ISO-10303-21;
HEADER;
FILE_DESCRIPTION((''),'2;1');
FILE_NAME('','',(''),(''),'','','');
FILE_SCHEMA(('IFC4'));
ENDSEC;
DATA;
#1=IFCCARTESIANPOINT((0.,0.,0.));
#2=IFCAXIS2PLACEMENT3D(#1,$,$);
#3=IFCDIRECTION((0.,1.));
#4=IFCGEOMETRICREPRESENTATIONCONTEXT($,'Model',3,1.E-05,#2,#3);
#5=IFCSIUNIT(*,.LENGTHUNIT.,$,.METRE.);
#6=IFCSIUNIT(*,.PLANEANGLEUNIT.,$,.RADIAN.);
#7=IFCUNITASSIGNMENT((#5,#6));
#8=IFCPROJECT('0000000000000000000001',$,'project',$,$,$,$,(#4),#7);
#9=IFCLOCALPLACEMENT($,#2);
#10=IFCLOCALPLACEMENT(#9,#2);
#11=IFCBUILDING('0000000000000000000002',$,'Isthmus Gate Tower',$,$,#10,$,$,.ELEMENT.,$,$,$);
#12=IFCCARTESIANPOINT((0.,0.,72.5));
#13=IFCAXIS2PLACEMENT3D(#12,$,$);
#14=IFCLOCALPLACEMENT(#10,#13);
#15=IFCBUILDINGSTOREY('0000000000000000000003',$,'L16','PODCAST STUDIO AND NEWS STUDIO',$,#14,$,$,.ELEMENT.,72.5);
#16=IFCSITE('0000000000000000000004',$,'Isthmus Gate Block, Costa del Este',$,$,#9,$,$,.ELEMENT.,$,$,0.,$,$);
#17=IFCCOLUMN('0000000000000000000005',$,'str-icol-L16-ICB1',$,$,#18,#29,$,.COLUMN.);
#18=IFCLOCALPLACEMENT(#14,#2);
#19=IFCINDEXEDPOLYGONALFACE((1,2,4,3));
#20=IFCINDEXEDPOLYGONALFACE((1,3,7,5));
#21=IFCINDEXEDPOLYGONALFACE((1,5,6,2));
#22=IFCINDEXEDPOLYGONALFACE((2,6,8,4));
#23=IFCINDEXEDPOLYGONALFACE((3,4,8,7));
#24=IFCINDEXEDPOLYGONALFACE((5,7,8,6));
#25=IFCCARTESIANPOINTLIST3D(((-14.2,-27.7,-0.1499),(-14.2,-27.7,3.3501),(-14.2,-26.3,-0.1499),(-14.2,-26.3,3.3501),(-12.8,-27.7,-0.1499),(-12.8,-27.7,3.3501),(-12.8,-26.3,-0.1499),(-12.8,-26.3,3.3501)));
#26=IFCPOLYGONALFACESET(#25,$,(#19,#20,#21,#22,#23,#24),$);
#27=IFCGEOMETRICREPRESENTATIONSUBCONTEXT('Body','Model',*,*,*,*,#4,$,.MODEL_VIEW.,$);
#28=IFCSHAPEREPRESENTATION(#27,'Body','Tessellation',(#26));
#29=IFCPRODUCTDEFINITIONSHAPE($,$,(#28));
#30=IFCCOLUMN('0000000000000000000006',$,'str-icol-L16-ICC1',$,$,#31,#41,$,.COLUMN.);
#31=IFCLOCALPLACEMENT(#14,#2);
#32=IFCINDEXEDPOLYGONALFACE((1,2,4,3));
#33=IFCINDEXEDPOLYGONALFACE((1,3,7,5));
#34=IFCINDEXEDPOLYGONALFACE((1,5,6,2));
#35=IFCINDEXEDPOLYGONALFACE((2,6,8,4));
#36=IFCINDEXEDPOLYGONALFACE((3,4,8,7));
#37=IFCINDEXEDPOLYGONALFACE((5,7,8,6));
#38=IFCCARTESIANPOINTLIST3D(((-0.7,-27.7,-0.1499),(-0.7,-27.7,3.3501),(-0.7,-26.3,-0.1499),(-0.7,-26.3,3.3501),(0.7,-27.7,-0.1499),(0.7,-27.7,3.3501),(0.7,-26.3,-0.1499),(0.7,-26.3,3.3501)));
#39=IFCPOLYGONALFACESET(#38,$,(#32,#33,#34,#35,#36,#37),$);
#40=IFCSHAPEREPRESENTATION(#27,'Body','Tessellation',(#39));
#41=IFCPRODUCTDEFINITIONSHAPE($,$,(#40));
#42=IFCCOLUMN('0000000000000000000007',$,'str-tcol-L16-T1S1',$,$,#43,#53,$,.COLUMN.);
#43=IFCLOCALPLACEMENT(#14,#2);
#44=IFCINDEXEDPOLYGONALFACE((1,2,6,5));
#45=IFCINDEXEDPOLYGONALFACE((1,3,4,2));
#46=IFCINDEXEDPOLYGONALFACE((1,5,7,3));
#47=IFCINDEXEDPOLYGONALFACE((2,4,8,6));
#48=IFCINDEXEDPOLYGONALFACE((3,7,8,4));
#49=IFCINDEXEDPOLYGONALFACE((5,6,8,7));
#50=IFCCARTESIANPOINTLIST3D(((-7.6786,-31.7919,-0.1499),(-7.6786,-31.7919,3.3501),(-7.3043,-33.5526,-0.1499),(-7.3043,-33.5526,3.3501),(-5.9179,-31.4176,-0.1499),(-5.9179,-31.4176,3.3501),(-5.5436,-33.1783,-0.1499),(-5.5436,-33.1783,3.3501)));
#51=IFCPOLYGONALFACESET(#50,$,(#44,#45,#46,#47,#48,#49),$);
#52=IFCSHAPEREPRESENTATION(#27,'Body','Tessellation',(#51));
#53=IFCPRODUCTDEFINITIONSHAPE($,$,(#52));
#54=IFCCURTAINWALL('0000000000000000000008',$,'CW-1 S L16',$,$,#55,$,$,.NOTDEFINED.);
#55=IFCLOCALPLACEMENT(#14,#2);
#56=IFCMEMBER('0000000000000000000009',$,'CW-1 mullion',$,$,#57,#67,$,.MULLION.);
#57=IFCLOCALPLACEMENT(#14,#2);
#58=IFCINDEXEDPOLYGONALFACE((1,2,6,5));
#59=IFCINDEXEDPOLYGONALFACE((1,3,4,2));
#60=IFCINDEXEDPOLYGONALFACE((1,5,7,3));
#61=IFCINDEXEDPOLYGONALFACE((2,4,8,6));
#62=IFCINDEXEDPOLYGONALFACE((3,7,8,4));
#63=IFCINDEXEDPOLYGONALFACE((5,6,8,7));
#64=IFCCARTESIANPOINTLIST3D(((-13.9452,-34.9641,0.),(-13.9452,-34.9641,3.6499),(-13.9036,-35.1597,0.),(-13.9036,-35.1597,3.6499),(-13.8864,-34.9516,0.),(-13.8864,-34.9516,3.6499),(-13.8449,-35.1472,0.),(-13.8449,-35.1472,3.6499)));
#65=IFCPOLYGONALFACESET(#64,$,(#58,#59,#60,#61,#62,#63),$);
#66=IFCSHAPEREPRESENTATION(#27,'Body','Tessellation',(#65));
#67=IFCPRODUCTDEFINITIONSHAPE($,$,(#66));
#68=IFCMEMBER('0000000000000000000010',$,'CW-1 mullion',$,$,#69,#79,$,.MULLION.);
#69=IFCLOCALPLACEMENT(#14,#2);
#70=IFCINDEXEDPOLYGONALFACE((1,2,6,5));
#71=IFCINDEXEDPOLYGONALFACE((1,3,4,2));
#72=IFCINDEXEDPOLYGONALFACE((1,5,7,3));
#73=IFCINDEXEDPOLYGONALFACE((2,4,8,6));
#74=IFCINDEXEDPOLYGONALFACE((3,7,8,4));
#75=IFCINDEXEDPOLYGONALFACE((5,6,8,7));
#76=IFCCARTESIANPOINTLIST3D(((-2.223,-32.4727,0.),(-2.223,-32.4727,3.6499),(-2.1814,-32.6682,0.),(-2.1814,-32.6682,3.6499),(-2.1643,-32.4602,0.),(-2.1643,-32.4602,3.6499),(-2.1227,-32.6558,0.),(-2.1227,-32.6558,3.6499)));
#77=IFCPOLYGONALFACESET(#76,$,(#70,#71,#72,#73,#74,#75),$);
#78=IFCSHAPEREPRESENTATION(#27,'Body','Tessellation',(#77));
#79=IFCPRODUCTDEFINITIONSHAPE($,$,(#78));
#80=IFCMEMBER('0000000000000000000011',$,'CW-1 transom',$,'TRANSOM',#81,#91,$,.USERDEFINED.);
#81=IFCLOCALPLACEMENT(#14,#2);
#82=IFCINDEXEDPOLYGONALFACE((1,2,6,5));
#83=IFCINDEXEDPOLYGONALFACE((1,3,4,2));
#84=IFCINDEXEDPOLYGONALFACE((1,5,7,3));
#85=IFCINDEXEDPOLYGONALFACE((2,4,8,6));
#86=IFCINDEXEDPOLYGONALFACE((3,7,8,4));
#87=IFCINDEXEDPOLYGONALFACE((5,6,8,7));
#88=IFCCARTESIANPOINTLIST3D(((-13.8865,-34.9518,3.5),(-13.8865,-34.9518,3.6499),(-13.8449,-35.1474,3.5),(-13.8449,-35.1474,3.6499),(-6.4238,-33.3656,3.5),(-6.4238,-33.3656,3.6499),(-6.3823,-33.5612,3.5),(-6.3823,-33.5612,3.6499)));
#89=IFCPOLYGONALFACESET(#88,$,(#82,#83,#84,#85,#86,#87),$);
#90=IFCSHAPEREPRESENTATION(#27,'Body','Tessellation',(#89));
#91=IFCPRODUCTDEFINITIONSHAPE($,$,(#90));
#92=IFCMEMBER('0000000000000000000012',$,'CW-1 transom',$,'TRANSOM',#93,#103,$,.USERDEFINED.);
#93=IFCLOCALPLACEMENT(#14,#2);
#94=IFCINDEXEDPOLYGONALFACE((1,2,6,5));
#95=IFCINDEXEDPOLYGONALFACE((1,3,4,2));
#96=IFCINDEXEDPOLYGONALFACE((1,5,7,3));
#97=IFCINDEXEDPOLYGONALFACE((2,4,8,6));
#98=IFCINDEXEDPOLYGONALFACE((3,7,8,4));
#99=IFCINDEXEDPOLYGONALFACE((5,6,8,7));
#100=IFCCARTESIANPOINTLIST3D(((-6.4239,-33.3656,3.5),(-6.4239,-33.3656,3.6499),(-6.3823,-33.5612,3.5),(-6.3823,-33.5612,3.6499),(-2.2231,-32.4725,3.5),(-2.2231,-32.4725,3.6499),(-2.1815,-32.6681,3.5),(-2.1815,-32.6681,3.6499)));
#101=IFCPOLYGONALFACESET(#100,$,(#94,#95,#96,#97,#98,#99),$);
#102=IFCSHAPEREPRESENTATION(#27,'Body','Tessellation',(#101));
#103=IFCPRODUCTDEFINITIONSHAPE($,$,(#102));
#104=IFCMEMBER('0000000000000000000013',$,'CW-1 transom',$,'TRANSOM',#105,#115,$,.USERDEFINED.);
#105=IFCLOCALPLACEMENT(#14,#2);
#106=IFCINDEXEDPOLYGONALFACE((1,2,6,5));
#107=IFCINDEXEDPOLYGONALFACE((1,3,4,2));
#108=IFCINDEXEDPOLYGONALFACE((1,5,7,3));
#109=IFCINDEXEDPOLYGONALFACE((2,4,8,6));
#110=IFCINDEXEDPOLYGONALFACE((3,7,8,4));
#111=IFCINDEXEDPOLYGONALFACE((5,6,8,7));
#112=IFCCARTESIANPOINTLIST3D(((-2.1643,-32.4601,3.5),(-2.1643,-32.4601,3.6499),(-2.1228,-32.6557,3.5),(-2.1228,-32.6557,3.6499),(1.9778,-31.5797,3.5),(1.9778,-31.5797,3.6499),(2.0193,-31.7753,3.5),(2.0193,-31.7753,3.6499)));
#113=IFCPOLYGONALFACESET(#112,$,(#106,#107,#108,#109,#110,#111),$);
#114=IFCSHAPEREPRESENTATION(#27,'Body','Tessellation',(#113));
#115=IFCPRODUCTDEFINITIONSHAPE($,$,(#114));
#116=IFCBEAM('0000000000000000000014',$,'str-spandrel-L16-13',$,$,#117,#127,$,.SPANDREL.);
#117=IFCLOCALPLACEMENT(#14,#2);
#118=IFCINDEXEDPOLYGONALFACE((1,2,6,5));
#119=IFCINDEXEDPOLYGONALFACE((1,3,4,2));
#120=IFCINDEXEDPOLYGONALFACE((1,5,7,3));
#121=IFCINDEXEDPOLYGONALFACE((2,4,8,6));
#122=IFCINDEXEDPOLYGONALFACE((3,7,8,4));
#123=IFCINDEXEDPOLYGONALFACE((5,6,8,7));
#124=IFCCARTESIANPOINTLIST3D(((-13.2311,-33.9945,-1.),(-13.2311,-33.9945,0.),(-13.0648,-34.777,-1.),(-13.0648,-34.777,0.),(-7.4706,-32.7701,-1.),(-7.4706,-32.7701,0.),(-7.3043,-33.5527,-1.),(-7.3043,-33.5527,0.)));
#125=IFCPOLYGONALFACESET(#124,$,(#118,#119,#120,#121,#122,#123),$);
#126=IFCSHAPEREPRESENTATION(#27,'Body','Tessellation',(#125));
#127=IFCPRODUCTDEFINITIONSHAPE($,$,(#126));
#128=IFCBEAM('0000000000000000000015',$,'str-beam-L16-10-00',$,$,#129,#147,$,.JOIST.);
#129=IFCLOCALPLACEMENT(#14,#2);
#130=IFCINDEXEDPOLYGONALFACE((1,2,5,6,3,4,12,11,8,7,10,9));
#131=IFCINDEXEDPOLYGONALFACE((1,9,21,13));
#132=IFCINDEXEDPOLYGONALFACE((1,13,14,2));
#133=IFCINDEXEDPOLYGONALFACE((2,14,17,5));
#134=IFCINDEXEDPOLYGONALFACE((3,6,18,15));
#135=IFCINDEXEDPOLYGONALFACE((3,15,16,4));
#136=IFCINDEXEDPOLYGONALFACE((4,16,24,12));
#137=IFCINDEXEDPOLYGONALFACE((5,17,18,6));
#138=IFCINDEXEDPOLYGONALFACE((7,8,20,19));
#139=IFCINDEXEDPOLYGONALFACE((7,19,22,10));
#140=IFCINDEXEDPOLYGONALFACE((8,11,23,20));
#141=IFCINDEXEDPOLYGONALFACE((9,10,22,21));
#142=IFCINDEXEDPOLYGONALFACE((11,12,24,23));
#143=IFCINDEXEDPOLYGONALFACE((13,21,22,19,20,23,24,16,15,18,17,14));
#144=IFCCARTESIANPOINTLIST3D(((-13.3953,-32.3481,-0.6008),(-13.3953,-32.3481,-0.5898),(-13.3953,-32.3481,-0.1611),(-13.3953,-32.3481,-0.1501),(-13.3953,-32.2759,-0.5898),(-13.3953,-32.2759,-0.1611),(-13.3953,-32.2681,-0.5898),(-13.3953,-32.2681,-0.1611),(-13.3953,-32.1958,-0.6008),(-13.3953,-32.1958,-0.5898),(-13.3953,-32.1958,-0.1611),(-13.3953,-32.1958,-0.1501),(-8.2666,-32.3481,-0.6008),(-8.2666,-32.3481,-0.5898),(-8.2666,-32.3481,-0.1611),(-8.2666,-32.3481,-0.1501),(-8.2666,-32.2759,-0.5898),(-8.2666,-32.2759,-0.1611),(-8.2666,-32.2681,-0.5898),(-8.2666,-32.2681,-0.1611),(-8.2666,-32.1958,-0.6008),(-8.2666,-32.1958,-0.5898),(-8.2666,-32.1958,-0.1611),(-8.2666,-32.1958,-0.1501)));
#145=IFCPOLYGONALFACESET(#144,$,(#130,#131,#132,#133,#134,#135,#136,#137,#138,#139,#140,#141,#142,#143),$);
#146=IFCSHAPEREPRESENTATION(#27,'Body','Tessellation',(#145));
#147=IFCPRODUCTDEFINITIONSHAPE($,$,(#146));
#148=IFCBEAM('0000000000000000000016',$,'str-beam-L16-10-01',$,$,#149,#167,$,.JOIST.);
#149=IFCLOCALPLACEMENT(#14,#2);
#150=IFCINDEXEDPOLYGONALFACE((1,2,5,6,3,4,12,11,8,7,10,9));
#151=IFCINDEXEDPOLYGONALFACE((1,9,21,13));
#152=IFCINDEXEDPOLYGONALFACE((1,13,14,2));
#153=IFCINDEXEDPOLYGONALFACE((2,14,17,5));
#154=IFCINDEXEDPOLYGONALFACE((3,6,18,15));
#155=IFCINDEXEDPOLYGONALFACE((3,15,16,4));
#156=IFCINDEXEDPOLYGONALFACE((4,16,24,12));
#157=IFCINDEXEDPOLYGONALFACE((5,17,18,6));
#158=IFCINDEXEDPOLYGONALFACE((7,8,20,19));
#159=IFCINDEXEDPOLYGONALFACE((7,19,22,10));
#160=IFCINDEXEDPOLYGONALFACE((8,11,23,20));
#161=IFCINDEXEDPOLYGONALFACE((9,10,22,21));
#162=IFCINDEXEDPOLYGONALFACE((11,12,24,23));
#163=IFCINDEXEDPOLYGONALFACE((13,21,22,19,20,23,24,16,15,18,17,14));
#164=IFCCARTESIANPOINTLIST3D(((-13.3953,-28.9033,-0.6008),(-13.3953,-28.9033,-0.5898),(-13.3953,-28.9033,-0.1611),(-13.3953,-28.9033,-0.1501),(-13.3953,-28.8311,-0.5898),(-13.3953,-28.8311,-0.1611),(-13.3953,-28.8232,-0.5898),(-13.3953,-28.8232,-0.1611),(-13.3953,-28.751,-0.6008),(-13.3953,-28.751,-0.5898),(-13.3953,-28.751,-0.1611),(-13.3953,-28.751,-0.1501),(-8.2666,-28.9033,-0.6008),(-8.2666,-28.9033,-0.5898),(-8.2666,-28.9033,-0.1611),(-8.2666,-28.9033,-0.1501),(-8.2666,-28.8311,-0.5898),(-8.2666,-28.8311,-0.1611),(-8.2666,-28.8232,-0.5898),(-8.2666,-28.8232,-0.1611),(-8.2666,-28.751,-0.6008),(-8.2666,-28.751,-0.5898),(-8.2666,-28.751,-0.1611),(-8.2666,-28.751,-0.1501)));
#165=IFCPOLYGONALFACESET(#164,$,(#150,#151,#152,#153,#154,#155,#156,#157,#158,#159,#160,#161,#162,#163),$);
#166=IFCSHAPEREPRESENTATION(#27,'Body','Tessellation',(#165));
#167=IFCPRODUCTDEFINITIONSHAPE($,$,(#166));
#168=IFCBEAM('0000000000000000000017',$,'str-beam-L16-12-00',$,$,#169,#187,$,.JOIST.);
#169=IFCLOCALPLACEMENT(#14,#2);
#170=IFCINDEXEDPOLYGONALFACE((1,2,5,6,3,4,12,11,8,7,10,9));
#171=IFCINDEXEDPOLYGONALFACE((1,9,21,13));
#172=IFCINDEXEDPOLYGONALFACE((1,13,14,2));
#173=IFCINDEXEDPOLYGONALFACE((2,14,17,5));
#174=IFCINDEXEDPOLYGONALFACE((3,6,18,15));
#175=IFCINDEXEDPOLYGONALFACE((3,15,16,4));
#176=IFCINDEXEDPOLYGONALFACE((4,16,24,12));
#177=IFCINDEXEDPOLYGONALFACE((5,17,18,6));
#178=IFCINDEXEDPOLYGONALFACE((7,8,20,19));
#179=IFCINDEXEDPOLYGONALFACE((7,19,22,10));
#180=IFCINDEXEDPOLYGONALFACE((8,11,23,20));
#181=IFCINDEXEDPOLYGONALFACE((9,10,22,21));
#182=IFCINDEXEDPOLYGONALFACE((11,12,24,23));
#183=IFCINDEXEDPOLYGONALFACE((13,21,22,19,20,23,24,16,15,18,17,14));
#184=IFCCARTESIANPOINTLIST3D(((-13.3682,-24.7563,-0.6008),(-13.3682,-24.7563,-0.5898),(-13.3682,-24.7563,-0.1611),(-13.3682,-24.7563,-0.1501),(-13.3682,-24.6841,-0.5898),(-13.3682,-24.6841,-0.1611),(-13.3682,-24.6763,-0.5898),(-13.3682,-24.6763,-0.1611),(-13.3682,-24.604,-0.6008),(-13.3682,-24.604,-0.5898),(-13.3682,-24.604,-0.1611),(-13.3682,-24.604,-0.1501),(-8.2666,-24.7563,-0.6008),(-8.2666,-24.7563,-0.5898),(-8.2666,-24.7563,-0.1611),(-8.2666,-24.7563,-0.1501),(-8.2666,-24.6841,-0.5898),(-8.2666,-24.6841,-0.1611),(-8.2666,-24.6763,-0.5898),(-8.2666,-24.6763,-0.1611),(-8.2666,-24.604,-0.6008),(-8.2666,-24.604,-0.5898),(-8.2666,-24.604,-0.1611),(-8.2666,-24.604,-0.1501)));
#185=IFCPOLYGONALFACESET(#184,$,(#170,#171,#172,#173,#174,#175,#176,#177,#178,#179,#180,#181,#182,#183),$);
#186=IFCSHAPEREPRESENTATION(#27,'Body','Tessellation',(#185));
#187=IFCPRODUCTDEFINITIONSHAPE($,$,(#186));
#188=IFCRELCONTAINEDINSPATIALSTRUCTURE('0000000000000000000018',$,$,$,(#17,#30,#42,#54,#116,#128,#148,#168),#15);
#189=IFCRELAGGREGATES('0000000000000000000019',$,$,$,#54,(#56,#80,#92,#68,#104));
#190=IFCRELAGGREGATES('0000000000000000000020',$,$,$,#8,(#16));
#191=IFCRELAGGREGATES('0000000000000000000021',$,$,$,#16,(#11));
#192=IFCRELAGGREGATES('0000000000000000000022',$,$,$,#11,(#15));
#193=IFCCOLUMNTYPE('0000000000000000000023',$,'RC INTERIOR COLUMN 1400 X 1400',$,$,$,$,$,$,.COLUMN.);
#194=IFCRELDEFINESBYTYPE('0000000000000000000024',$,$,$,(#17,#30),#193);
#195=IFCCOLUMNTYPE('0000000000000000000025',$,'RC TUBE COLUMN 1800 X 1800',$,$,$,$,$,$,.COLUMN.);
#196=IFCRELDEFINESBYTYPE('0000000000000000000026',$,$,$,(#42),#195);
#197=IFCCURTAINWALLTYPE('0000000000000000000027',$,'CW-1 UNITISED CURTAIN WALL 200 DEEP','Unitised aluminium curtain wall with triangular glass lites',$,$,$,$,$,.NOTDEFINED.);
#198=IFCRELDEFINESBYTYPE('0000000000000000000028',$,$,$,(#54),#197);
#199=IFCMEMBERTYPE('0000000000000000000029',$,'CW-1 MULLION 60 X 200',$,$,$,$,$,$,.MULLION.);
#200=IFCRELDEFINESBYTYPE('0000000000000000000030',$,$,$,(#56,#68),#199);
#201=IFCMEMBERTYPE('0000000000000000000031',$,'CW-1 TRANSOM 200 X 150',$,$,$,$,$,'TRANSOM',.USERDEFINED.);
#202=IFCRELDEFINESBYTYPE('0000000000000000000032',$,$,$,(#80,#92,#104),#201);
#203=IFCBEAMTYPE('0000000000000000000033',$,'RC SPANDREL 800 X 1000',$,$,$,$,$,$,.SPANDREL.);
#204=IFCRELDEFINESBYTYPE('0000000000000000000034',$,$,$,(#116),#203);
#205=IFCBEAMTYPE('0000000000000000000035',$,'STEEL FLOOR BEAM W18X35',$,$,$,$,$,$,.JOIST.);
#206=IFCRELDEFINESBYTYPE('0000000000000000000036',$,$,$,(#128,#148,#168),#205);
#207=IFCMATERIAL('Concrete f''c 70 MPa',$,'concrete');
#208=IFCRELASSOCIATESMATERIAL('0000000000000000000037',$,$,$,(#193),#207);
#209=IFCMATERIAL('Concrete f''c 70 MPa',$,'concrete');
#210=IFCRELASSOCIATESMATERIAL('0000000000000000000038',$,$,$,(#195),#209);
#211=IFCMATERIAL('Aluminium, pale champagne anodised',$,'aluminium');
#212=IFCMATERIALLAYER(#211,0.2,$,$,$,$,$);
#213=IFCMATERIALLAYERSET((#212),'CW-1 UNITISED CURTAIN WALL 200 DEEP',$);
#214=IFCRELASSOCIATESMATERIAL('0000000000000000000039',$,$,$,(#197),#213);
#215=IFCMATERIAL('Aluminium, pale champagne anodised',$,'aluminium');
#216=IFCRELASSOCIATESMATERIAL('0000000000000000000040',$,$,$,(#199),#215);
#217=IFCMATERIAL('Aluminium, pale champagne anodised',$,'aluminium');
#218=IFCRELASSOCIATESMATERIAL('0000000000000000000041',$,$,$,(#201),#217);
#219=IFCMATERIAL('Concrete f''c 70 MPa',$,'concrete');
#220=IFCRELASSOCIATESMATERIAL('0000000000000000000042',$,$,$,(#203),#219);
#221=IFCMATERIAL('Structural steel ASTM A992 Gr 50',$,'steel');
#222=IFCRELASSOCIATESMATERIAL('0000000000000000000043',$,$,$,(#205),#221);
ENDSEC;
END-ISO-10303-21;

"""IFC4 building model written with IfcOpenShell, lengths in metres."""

from ifc_helpers import new_model, si_unit, direction, frame, origin, origin_2d, place, context, subcontext, project, spatial, rectangle, i_section, extrude, material, layer, layer_set, material_profile, profile_set, type_object, element, aggregate, save


model = new_model("IFC4")

# Units and contexts
model_context = context("Model", 3, precision=1e-05, world=origin(), true_north=direction((0.0, 1.0)))
body_context = subcontext(model_context, "Body", "Model", "MODEL_VIEW")
ifc_project = project(units=[si_unit("LENGTHUNIT", "METRE"), si_unit("PLANEANGLEUNIT", "RADIAN")], contexts=[model_context])

# Site, building, storey
site_placement = place(None, origin())
site = spatial("IfcSite", under=ifc_project, at=site_placement, Name="Isthmus Gate Block, Costa del Este", CompositionType="ELEMENT", RefElevation=0.0)
building_placement = place(site_placement, origin())
building = spatial("IfcBuilding", under=site, at=building_placement, Name="Isthmus Gate Tower", CompositionType="ELEMENT")
storey_placement = place(building_placement, frame((0.0, 0.0, 72.5)))
storey = spatial("IfcBuildingStorey", under=building, at=storey_placement, Name="L16", Description="PODCAST STUDIO AND NEWS STUDIO", CompositionType="ELEMENT", Elevation=72.5)

# Columns
ifc_material_1 = material(Name="Concrete f'c 70 MPa", Category="concrete")
ifc_material_profile_1 = material_profile(ifc_material_1, rectangle(XDim=1.3999, YDim=1.3999, at=origin_2d()), Name="RC 1400X1400")
ifc_profile_set_1 = profile_set([ifc_material_profile_1], Name="Concrete f'c 70 MPa")
column_type_1 = type_object("IfcColumnType", Name="RC INTERIOR COLUMN 1400 X 1400", PredefinedType="COLUMN", material=ifc_profile_set_1)
for number, where, z_axis, x_axis, name in (
    (1, (-13.5, -27.0, -0.1499), (0.0, 0.0, 1.0), (1.0, 0.0, 0.0), "str-icol-L16-ICB1"),
    (2, (0.0, -27.0, -0.1499), (0.0, 0.0, 1.0), (1.0, 0.0, 0.0), "str-icol-L16-ICC1"),
):
    element("IfcColumn", number, at=place(storey_placement, frame(where, z_axis=z_axis, x_axis=x_axis)), inside=storey, type_object=column_type_1, Name=name, PredefinedType="COLUMN", context=body_context, shape_type="SweptSolid", body=[
        extrude(rectangle(XDim=1.3999, YDim=1.3999, at=origin_2d()), origin(), (0.0, 0.0, 1.0), 3.5),
    ])
ifc_material_2 = material(Name="Concrete f'c 70 MPa", Category="concrete")
ifc_material_profile_2 = material_profile(ifc_material_2, rectangle(XDim=1.8, YDim=1.8, at=origin_2d()), Name="RC 1800X1800")
ifc_profile_set_2 = profile_set([ifc_material_profile_2], Name="Concrete f'c 70 MPa")
column_type_2 = type_object("IfcColumnType", Name="RC TUBE COLUMN 1800 X 1800", PredefinedType="COLUMN", material=ifc_profile_set_2)
column_placement = place(storey_placement, frame((-6.6111, -32.4851, -0.1499), z_axis=(0.0, 0.0, 1.0), x_axis=(0.978148, 0.207912, 0.0)))
element("IfcColumn", 3, at=column_placement, inside=storey, type_object=column_type_2, Name="str-tcol-L16-T1S1", PredefinedType="COLUMN", context=body_context, shape_type="SweptSolid", body=[
    extrude(rectangle(XDim=1.8, YDim=1.8, at=origin_2d()), origin(), (0.0, 0.0, 1.0), 3.5),
])

# Curtain wall, members
ifc_material_3 = material(Name="Aluminium, pale champagne anodised", Category="aluminium")
ifc_layer_1 = layer(ifc_material_3, 0.2)
ifc_layer_set_1 = layer_set([ifc_layer_1], Name="CW-1 UNITISED CURTAIN WALL 200 DEEP")
curtain_wall_type = type_object("IfcCurtainWallType", Name="CW-1 UNITISED CURTAIN WALL 200 DEEP", Description="Unitised aluminium curtain wall with triangular glass lites", PredefinedType="NOTDEFINED", material=ifc_layer_set_1)
curtain_wall_placement = place(storey_placement, origin())
curtain_wall = element("IfcCurtainWall", 4, at=curtain_wall_placement, inside=storey, type_object=curtain_wall_type, Name="CW-1 S L16", PredefinedType="NOTDEFINED")
ifc_material_4 = material(Name="Aluminium, pale champagne anodised", Category="aluminium")
ifc_material_profile_3 = material_profile(ifc_material_4, rectangle(XDim=0.0601, YDim=0.2, at=origin_2d()), Name="60x200")
ifc_profile_set_3 = profile_set([ifc_material_profile_3], Name="Aluminium, pale champagne anodised")
member_type_1 = type_object("IfcMemberType", Name="CW-1 MULLION 60 X 200", PredefinedType="MULLION", material=ifc_profile_set_3)
member_1_placement = place(storey_placement, frame((-13.895, -35.0557, 0.0), z_axis=(0.0, 0.0, 1.0), x_axis=(0.978148, 0.207912, 0.0)))
member_1 = element("IfcMember", 5, at=member_1_placement, type_object=member_type_1, Name="CW-1 mullion", PredefinedType="MULLION", context=body_context, shape_type="SweptSolid", body=[
    extrude(rectangle(XDim=0.0601, YDim=0.2, at=origin_2d()), origin(), (0.0, 0.0, 1.0), 3.6499),
])
member_2_placement = place(storey_placement, frame((-2.1729, -32.5642, 0.0), z_axis=(0.0, 0.0, 1.0), x_axis=(0.978148, 0.207912, 0.0)))
member_2 = element("IfcMember", 6, at=member_2_placement, type_object=member_type_1, Name="CW-1 mullion", PredefinedType="MULLION", context=body_context, shape_type="SweptSolid", body=[
    extrude(rectangle(XDim=0.0601, YDim=0.2, at=origin_2d()), origin(), (0.0, 0.0, 1.0), 3.6499),
])
ifc_material_5 = material(Name="Aluminium, pale champagne anodised", Category="aluminium")
ifc_material_profile_4 = material_profile(ifc_material_5, rectangle(XDim=0.2, YDim=0.1499, at=origin_2d()), Name="200x150")
ifc_profile_set_4 = profile_set([ifc_material_profile_4], Name="Aluminium, pale champagne anodised")
member_type_2 = type_object("IfcMemberType", Name="CW-1 TRANSOM 200 X 150", ElementType="TRANSOM", PredefinedType="USERDEFINED", material=ifc_profile_set_4)
member_3_placement = place(storey_placement, frame((-13.8657, -35.0496, 3.575), z_axis=(0.978149, 0.207905, 0.0), x_axis=(-0.207905, 0.978149, 0.0)))
member_3 = element("IfcMember", 7, at=member_3_placement, type_object=member_type_2, Name="CW-1 transom", ObjectType="TRANSOM", PredefinedType="USERDEFINED", context=body_context, shape_type="SweptSolid", body=[
    extrude(rectangle(XDim=0.2, YDim=0.1499, at=origin_2d()), origin(), (0.0, 0.0, 1.0), 7.6294),
])
member_4_placement = place(storey_placement, frame((-6.4031, -33.4634, 3.575), z_axis=(0.978139, 0.207953, 0.0), x_axis=(-0.207953, 0.978139, 0.0)))
member_4 = element("IfcMember", 8, at=member_4_placement, type_object=member_type_2, Name="CW-1 transom", ObjectType="TRANSOM", PredefinedType="USERDEFINED", context=body_context, shape_type="SweptSolid", body=[
    extrude(rectangle(XDim=0.2, YDim=0.1499, at=origin_2d()), origin(), (0.0, 0.0, 1.0), 4.2947),
])
member_5_placement = place(storey_placement, frame((-2.1436, -32.5579, 3.575), z_axis=(0.97815, 0.207899, 0.0), x_axis=(-0.207899, 0.97815, 0.0)))
member_5 = element("IfcMember", 9, at=member_5_placement, type_object=member_type_2, Name="CW-1 transom", ObjectType="TRANSOM", PredefinedType="USERDEFINED", context=body_context, shape_type="SweptSolid", body=[
    extrude(rectangle(XDim=0.2, YDim=0.1499, at=origin_2d()), origin(), (0.0, 0.0, 1.0), 4.2346),
])

# Beams
ifc_material_6 = material(Name="Concrete f'c 70 MPa", Category="concrete")
ifc_material_profile_5 = material_profile(ifc_material_6, rectangle(XDim=0.8, YDim=1.0, at=origin_2d()), Name="RC 800X1000")
ifc_profile_set_5 = profile_set([ifc_material_profile_5], Name="Concrete f'c 70 MPa")
beam_type_1 = type_object("IfcBeamType", Name="RC SPANDREL 800 X 1000", PredefinedType="SPANDREL", material=ifc_profile_set_5)
beam_1_placement = place(storey_placement, frame((-7.3875, -33.1614, -0.5), z_axis=(-0.97815, -0.207901, 0.0), x_axis=(0.207901, -0.97815, 0.0)))
element("IfcBeam", 10, at=beam_1_placement, inside=storey, type_object=beam_type_1, Name="str-spandrel-L16-13", PredefinedType="SPANDREL", context=body_context, shape_type="SweptSolid", body=[
    extrude(rectangle(XDim=0.8, YDim=1.0, at=origin_2d()), origin(), (0.0, 0.0, 1.0), 5.8892),
])
ifc_material_7 = material(Name="Structural steel ASTM A992 Gr 50", Category="steel")
ifc_material_profile_6 = material_profile(ifc_material_7, i_section(OverallWidth=0.1523, OverallDepth=0.4507, WebThickness=0.0078, FlangeThickness=0.011, at=origin_2d()), Name="W18X35")
ifc_profile_set_6 = profile_set([ifc_material_profile_6], Name="Structural steel ASTM A992 Gr 50")
beam_type_2 = type_object("IfcBeamType", Name="STEEL FLOOR BEAM W18X35", PredefinedType="JOIST", material=ifc_profile_set_6)
for number, where, z_axis, x_axis, name in (
    (11, (-13.3953, -32.272, -0.3755), (1.0, 0.0, 0.0), (0.0, 1.0, 0.0), "str-beam-L16-10-00"),
    (12, (-13.3953, -28.8271, -0.3755), (1.0, 0.0, 0.0), (0.0, 1.0, 0.0), "str-beam-L16-10-01"),
):
    element("IfcBeam", number, at=place(storey_placement, frame(where, z_axis=z_axis, x_axis=x_axis)), inside=storey, type_object=beam_type_2, Name=name, PredefinedType="JOIST", context=body_context, shape_type="SweptSolid", body=[
        extrude(i_section(OverallWidth=0.1523, OverallDepth=0.4507, WebThickness=0.0078, FlangeThickness=0.011, at=origin_2d()), origin(), (0.0, 0.0, 1.0), 5.1287),
    ])
for number, where, z_axis, x_axis, name in (
    (13, (-13.3682, -24.6802, -0.3755), (1.0, 0.0, 0.0), (0.0, 1.0, 0.0), "str-beam-L16-12-00"),
):
    element("IfcBeam", number, at=place(storey_placement, frame(where, z_axis=z_axis, x_axis=x_axis)), inside=storey, type_object=beam_type_2, Name=name, PredefinedType="JOIST", context=body_context, shape_type="SweptSolid", body=[
        extrude(i_section(OverallWidth=0.1523, OverallDepth=0.4507, WebThickness=0.0078, FlangeThickness=0.011, at=origin_2d()), origin(), (0.0, 0.0, 1.0), 5.1016),
    ])

aggregate(curtain_wall, [member_1, member_3, member_4, member_2, member_5])

save(model, "model.ifc")
